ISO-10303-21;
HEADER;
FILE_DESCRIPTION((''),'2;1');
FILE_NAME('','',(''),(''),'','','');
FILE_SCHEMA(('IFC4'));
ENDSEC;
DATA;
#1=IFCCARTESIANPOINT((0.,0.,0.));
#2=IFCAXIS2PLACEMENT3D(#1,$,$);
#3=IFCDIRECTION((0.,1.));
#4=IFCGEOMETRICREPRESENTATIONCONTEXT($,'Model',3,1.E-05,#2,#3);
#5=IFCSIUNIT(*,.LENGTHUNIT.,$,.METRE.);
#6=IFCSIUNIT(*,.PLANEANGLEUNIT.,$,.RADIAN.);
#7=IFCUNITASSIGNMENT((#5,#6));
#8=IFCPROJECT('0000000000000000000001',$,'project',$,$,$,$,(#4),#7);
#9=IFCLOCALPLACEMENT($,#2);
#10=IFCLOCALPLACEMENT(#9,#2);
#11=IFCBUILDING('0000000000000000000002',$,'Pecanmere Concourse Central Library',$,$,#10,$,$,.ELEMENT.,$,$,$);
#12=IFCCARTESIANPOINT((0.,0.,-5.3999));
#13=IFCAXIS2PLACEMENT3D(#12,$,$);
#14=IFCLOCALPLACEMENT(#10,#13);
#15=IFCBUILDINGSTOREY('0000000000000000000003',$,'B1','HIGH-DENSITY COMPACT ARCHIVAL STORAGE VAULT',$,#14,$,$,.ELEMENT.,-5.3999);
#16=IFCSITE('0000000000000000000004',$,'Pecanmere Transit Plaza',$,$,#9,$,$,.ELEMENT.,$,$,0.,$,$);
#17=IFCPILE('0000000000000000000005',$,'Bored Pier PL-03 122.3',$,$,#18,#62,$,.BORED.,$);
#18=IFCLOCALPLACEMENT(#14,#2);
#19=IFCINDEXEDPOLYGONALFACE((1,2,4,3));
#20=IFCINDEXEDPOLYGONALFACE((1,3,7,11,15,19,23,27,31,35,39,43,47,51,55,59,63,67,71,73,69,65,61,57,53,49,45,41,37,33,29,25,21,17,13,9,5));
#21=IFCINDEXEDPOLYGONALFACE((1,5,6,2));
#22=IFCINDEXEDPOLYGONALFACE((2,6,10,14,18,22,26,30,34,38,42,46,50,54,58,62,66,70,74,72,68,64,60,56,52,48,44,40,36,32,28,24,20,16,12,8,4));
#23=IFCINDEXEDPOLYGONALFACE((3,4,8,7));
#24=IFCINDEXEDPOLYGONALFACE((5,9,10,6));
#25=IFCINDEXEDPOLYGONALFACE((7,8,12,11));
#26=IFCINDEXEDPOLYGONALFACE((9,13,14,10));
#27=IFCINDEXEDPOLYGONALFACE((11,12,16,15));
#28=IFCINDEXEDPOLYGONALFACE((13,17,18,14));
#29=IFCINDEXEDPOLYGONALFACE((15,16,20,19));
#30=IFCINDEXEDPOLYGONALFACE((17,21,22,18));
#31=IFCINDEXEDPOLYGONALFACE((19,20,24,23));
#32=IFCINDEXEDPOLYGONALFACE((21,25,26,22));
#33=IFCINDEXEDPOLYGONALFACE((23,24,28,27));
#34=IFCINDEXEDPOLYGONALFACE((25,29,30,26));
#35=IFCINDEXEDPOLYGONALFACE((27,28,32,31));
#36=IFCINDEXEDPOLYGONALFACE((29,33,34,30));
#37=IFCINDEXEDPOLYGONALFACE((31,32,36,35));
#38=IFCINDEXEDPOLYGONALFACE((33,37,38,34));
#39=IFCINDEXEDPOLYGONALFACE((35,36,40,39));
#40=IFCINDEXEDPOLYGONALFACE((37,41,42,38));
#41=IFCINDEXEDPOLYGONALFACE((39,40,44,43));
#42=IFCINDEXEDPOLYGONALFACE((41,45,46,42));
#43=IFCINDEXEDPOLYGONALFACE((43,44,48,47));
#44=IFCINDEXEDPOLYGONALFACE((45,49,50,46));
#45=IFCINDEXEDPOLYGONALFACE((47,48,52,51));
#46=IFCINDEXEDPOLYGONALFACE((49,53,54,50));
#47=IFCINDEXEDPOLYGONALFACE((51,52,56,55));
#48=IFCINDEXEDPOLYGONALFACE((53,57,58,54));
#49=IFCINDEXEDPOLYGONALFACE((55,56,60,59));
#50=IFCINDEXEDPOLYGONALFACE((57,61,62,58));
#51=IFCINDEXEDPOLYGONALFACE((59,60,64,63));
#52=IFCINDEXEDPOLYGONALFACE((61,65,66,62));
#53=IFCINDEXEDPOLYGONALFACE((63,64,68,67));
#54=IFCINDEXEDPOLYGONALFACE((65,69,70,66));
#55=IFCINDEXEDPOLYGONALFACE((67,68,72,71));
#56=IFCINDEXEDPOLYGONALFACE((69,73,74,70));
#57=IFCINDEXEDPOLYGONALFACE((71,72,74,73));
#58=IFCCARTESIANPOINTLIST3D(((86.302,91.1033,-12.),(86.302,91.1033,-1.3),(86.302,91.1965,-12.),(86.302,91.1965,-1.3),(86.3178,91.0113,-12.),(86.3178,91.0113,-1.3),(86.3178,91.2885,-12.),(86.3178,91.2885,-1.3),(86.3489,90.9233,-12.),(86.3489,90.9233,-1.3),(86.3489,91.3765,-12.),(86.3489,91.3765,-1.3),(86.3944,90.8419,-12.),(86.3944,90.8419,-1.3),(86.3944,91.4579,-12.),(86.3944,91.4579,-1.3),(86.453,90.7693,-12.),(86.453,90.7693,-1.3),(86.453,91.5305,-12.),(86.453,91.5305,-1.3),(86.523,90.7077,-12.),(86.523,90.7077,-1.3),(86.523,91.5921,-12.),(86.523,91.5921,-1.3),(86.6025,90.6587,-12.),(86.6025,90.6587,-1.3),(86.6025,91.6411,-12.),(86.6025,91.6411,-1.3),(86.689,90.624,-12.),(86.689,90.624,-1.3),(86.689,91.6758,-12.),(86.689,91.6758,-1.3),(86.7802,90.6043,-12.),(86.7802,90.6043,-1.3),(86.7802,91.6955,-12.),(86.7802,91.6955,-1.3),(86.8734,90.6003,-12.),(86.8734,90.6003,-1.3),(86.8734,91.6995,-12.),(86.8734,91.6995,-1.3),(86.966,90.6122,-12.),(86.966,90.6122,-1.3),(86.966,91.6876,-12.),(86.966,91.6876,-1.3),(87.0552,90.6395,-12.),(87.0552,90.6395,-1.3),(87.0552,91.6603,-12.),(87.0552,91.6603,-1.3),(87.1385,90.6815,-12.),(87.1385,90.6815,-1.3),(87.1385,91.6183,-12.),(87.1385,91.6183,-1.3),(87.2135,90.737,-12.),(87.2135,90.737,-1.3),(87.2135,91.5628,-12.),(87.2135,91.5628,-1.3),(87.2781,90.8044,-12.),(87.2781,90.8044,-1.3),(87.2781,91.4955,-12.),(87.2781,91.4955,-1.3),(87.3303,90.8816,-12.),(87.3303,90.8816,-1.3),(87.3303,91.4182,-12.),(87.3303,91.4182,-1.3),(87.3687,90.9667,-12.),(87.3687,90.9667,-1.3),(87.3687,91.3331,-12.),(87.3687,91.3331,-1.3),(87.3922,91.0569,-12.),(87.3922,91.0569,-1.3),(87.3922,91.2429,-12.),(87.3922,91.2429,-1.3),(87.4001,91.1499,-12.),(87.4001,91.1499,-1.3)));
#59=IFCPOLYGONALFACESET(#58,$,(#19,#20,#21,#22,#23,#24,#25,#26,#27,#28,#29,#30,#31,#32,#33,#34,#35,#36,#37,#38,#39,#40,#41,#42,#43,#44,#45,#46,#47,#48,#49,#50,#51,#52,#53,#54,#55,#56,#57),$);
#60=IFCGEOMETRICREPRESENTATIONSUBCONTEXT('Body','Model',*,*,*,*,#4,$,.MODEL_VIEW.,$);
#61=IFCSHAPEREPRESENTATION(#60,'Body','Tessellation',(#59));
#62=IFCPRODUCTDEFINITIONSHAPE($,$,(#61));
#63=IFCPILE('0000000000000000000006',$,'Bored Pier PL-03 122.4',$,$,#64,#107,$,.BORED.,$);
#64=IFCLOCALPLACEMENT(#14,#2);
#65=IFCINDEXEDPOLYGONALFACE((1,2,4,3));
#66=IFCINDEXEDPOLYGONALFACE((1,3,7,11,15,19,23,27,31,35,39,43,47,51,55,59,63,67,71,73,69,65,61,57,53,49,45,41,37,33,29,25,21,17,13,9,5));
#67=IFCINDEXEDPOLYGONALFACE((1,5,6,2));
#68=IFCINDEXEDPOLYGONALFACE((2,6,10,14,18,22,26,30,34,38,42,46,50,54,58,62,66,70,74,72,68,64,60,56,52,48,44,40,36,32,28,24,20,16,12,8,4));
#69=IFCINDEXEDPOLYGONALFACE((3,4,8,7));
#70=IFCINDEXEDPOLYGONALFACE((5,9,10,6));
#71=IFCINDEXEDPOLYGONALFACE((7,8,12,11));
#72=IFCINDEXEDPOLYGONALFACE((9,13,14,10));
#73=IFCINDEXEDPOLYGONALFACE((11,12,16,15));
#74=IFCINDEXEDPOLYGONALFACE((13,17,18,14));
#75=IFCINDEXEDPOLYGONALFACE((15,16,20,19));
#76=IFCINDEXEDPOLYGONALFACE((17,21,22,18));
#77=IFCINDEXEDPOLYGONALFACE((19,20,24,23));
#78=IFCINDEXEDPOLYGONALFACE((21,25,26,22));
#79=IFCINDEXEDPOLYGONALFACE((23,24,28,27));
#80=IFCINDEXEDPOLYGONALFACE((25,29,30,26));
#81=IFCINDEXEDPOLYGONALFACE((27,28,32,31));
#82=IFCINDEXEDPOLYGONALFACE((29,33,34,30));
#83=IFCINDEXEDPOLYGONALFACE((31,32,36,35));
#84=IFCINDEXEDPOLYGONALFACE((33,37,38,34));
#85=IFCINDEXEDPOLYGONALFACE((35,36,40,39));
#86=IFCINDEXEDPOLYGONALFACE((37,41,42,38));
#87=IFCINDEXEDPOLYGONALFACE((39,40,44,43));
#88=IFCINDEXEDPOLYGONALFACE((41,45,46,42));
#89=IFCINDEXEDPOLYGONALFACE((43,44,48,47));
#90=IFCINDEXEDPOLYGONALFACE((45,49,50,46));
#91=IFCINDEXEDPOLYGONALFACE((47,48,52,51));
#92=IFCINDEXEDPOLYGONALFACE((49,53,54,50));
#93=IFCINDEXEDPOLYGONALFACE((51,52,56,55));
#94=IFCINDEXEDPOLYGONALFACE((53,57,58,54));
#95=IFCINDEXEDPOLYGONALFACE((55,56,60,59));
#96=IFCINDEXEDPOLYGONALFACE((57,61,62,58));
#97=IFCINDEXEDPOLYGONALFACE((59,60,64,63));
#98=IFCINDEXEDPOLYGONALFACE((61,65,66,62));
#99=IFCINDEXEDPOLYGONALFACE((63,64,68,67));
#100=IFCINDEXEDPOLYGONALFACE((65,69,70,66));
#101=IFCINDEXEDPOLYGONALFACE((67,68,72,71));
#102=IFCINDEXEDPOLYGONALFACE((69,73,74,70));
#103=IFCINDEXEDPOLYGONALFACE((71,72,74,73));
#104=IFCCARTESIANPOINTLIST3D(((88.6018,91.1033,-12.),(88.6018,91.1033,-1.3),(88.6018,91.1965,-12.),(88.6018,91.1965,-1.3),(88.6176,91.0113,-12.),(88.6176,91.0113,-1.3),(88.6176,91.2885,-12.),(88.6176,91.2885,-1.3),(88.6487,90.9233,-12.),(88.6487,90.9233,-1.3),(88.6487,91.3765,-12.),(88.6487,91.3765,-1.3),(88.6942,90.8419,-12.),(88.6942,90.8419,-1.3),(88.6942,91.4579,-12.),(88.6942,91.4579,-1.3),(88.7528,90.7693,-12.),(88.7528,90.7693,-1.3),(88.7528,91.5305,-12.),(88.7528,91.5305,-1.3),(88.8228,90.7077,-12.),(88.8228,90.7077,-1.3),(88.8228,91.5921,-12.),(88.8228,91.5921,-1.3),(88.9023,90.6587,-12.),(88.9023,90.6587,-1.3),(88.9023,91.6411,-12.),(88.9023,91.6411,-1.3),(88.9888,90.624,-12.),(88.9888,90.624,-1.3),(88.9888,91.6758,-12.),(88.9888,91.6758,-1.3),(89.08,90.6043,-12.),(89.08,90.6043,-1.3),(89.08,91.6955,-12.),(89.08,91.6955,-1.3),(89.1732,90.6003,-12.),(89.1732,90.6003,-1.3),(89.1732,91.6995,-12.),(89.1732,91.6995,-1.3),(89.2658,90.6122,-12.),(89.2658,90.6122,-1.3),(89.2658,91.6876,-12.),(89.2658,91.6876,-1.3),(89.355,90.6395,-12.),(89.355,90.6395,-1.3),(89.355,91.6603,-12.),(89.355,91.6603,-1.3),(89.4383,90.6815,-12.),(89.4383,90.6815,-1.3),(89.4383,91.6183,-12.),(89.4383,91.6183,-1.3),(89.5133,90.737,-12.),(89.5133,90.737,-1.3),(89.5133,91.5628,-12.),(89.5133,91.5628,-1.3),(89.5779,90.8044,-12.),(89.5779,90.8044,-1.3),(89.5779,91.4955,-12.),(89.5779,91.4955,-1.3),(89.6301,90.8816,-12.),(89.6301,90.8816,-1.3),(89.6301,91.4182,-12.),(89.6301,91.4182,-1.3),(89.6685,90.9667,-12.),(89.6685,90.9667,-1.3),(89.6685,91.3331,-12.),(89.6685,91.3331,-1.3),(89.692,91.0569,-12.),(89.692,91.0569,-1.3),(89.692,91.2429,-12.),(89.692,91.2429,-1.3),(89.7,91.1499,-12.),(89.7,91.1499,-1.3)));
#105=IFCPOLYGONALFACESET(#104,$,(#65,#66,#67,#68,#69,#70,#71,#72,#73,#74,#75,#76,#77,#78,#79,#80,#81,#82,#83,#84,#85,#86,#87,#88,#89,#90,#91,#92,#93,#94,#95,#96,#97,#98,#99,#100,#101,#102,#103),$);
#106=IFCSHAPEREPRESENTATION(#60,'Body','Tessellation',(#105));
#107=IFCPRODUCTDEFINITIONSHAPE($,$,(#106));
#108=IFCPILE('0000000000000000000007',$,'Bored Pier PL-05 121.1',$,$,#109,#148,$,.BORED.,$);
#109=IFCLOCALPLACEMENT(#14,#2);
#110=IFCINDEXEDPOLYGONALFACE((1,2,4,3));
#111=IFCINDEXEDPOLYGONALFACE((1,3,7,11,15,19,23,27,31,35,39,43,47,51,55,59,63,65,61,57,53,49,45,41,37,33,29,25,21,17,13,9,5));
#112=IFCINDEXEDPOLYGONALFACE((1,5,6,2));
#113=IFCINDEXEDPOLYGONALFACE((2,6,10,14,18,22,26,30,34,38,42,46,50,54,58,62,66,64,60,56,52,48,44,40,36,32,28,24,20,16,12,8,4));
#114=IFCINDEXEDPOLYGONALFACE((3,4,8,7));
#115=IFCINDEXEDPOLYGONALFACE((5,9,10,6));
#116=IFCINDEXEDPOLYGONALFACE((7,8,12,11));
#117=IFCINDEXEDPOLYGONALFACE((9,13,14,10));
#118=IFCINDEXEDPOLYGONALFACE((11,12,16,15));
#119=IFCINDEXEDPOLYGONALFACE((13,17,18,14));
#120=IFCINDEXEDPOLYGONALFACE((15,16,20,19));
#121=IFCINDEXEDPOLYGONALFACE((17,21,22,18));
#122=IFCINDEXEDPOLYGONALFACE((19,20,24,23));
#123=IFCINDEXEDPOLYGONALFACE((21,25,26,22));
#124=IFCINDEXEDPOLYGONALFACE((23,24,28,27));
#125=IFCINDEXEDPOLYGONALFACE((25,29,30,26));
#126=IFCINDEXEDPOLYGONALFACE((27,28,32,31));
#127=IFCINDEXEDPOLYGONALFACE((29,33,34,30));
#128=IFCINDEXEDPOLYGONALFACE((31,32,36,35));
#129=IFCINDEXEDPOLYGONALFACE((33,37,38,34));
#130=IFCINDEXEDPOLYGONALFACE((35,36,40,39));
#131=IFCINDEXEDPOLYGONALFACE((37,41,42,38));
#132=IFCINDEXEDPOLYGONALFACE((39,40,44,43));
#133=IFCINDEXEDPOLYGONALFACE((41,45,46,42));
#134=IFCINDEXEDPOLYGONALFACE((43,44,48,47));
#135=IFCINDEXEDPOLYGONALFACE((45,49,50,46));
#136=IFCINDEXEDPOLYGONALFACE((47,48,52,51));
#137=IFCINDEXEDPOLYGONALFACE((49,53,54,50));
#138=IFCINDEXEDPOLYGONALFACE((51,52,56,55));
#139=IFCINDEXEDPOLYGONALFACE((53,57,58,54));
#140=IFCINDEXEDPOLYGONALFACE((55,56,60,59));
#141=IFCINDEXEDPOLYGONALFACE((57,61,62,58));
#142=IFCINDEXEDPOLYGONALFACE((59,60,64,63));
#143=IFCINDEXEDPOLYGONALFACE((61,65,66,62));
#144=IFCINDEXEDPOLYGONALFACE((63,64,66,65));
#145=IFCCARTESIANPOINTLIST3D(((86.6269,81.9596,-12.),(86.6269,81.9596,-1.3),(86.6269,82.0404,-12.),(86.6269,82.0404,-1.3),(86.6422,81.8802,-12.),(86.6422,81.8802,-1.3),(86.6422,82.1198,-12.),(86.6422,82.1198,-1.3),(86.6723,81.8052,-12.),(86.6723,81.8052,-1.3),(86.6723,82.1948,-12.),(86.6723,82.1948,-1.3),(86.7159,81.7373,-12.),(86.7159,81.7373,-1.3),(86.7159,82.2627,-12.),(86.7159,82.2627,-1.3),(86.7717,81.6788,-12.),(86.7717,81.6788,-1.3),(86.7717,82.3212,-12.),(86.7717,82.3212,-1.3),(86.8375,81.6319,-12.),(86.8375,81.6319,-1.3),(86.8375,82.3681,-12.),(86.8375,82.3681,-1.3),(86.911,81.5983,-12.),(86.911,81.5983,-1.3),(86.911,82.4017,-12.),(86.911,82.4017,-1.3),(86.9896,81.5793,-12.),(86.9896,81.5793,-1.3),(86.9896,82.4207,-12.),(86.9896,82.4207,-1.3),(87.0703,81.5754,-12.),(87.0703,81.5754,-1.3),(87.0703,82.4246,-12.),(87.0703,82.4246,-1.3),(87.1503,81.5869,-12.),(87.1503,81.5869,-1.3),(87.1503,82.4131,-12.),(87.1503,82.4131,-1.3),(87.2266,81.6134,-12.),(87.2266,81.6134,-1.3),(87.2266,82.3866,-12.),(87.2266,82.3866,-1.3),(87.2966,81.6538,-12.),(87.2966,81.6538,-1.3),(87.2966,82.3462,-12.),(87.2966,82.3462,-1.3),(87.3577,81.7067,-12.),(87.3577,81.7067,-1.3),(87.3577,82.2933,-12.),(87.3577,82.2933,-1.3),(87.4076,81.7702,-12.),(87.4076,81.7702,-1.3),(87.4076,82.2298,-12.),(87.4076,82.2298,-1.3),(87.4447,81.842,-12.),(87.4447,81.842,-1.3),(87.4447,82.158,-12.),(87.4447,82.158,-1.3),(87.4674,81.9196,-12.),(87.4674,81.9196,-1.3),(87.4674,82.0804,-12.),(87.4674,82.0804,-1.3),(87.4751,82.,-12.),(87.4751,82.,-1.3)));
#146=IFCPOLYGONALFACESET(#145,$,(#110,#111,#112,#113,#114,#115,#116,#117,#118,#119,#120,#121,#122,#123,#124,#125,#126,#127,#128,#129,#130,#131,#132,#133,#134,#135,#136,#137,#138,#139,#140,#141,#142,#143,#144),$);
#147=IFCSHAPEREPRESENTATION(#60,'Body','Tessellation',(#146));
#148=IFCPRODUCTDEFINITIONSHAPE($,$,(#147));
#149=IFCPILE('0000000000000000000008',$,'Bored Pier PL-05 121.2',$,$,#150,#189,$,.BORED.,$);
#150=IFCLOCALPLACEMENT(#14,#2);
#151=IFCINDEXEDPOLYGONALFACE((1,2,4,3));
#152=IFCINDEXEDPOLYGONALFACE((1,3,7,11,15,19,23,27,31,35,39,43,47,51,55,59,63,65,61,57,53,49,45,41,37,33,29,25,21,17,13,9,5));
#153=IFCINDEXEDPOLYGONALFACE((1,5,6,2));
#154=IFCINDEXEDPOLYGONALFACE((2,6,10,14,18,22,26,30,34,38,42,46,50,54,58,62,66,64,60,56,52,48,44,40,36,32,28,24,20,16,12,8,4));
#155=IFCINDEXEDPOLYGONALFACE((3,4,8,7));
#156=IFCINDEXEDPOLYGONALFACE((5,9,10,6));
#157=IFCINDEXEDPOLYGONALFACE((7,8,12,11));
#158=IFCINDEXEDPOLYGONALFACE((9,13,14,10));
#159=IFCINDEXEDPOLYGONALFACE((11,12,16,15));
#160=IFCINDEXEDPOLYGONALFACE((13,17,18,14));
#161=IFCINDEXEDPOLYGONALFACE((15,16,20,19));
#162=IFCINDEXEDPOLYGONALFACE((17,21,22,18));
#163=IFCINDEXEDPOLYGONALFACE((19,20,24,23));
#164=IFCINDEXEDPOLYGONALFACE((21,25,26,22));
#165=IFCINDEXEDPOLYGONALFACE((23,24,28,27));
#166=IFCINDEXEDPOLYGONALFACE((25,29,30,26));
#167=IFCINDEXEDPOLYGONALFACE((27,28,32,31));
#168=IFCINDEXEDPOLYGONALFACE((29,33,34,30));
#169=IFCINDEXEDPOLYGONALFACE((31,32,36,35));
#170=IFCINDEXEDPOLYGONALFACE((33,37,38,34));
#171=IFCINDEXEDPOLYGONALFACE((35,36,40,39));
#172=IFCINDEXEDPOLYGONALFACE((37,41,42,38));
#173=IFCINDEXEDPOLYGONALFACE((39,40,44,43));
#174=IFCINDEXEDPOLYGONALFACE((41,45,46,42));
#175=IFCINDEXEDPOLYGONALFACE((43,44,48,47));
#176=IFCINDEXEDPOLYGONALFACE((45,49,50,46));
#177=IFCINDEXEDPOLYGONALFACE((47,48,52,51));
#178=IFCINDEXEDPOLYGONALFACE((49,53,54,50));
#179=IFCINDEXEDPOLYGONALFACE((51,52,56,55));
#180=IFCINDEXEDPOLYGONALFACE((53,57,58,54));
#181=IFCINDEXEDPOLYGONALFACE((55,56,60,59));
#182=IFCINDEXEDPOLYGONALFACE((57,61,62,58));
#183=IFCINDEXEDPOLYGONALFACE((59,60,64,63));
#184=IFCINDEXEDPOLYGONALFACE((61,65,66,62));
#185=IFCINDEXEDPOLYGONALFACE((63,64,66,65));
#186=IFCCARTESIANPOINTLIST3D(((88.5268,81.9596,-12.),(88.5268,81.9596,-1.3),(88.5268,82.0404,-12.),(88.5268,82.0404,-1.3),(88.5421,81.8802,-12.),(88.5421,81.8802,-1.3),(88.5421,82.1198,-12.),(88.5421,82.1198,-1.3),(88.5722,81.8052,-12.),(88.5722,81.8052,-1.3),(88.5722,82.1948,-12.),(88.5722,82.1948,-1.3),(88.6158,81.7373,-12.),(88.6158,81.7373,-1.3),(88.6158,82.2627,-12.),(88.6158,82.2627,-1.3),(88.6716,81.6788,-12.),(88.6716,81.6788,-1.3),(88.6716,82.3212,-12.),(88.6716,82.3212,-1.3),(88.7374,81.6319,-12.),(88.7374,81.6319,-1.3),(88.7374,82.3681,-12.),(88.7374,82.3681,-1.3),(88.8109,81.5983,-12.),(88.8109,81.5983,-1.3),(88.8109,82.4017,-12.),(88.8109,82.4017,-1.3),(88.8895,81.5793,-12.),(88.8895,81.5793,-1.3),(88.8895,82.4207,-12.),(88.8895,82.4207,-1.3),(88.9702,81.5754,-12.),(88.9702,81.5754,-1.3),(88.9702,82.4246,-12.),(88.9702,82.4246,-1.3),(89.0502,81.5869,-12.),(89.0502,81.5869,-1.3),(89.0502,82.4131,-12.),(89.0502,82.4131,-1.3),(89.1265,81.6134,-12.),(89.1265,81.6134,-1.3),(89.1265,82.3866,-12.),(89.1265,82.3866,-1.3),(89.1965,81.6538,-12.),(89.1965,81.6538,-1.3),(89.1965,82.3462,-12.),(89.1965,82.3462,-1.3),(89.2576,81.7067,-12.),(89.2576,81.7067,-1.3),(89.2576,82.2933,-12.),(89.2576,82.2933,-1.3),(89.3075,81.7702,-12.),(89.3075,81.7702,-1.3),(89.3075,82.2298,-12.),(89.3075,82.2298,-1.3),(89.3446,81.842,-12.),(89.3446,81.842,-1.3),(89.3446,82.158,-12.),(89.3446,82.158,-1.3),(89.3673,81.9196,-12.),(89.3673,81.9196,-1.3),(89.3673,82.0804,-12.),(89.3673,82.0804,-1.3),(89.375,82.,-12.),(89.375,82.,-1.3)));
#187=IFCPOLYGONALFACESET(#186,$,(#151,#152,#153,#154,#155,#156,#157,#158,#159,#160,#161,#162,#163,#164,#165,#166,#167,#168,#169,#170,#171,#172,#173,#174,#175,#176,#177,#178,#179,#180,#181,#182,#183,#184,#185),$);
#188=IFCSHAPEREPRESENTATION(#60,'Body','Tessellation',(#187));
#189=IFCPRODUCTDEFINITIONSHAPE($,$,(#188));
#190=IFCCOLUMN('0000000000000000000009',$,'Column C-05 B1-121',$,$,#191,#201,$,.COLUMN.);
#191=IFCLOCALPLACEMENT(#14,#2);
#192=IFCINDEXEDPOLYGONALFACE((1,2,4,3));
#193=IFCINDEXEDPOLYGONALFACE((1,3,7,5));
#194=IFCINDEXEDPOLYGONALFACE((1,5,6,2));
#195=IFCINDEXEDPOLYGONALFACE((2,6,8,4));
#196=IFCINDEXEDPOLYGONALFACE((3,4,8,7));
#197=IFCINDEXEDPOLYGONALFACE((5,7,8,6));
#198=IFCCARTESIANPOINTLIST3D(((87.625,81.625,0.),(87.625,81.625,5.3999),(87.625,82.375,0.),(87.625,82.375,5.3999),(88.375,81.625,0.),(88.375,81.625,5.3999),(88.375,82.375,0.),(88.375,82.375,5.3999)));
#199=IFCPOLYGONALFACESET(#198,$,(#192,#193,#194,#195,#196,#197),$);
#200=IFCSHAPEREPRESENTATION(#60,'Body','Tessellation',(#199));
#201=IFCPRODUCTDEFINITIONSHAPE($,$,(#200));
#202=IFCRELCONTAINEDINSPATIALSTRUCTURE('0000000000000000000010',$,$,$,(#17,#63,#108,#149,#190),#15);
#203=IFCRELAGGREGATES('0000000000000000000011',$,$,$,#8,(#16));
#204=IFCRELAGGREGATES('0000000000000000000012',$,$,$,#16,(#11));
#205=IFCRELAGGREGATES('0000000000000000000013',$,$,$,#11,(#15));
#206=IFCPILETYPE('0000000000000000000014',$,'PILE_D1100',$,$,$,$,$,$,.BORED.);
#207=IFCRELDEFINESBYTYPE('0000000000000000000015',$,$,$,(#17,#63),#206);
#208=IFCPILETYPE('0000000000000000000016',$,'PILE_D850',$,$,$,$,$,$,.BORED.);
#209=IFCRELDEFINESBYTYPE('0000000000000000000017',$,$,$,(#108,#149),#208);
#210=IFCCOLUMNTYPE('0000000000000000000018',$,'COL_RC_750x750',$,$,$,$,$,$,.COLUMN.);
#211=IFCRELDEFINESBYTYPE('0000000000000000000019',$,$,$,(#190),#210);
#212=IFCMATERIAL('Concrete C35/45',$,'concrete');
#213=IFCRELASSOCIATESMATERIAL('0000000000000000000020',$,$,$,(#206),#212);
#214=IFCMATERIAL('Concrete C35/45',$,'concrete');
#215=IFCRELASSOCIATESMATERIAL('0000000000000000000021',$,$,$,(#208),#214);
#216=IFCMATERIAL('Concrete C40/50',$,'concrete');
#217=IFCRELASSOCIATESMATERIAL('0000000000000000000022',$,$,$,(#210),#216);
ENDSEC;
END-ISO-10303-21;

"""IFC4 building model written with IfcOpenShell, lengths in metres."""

from ifc_helpers import new_model, si_unit, direction, frame, origin, origin_2d, place, context, subcontext, project, spatial, rectangle, circle, extrude, material, material_profile, profile_set, type_object, element, save


model = new_model("IFC4")

# Units and contexts
model_context = context("Model", 3, precision=1e-05, world=origin(), true_north=direction((0.0, 1.0)))
body_context = subcontext(model_context, "Body", "Model", "MODEL_VIEW")
ifc_project = project(units=[si_unit("LENGTHUNIT", "METRE"), si_unit("PLANEANGLEUNIT", "RADIAN")], contexts=[model_context])

# Site, building, storey
site_placement = place(None, origin())
site = spatial("IfcSite", under=ifc_project, at=site_placement, Name="Pecanmere Transit Plaza", CompositionType="ELEMENT", RefElevation=0.0)
building_placement = place(site_placement, origin())
building = spatial("IfcBuilding", under=site, at=building_placement, Name="Pecanmere Concourse Central Library", CompositionType="ELEMENT")
storey_placement = place(building_placement, frame((0.0, 0.0, -5.3999)))
storey = spatial("IfcBuildingStorey", under=building, at=storey_placement, Name="B1", Description="HIGH-DENSITY COMPACT ARCHIVAL STORAGE VAULT", CompositionType="ELEMENT", Elevation=-5.3999)

# Piles
ifc_material_1 = material(Name="Concrete C35/45", Category="concrete")
ifc_material_profile_1 = material_profile(ifc_material_1, circle(Radius=0.55, at=origin_2d()), Name="PIER D1100")
ifc_profile_set_1 = profile_set([ifc_material_profile_1], Name="Concrete C35/45")
pile_type_1 = type_object("IfcPileType", Name="PILE_D1100", PredefinedType="BORED", material=ifc_profile_set_1)
for number, where, z_axis, x_axis, name in (
    (1, (86.8501, 91.1499, -1.3), (0.0, 0.0, -1.0), (1.0, 0.0, 0.0), "Bored Pier PL-03 122.3"),
    (2, (89.1499, 91.1499, -1.3), (0.0, 0.0, -1.0), (1.0, 0.0, 0.0), "Bored Pier PL-03 122.4"),
):
    element("IfcPile", number, at=place(storey_placement, frame(where, z_axis=z_axis, x_axis=x_axis)), inside=storey, type_object=pile_type_1, Name=name, PredefinedType="BORED", context=body_context, shape_type="SweptSolid", body=[
        extrude(circle(Radius=0.55, at=origin_2d()), origin(), (0.0, 0.0, 1.0), 10.7),
    ])
ifc_material_2 = material(Name="Concrete C35/45", Category="concrete")
ifc_material_profile_2 = material_profile(ifc_material_2, circle(Radius=0.425, at=origin_2d()), Name="PIER D850")
ifc_profile_set_2 = profile_set([ifc_material_profile_2], Name="Concrete C35/45")
pile_type_2 = type_object("IfcPileType", Name="PILE_D850", PredefinedType="BORED", material=ifc_profile_set_2)
for number, where, z_axis, x_axis, name in (
    (3, (87.05, 82.0, -1.3), (0.0, 0.0, -1.0), (1.0, 0.0, 0.0), "Bored Pier PL-05 121.1"),
    (4, (88.95, 82.0, -1.3), (0.0, 0.0, -1.0), (1.0, 0.0, 0.0), "Bored Pier PL-05 121.2"),
):
    element("IfcPile", number, at=place(storey_placement, frame(where, z_axis=z_axis, x_axis=x_axis)), inside=storey, type_object=pile_type_2, Name=name, PredefinedType="BORED", context=body_context, shape_type="SweptSolid", body=[
        extrude(circle(Radius=0.425, at=origin_2d()), origin(), (0.0, 0.0, 1.0), 10.7),
    ])

# Column
ifc_material_3 = material(Name="Concrete C40/50", Category="concrete")
ifc_material_profile_3 = material_profile(ifc_material_3, rectangle(XDim=0.75, YDim=0.75, at=origin_2d()), Name="RC 750x750")
ifc_profile_set_3 = profile_set([ifc_material_profile_3], Name="Concrete C40/50")
column_type_1 = type_object("IfcColumnType", Name="COL_RC_750x750", PredefinedType="COLUMN", material=ifc_profile_set_3)
column_1_placement = place(storey_placement, frame((88.0, 82.0, 0.0), z_axis=(0.0, 0.0, 1.0), x_axis=(1.0, 0.0, 0.0)))
element("IfcColumn", 5, at=column_1_placement, inside=storey, type_object=column_type_1, Name="Column C-05 B1-121", PredefinedType="COLUMN", context=body_context, shape_type="SweptSolid", body=[
    extrude(rectangle(XDim=0.75, YDim=0.75, at=origin_2d()), origin(), (0.0, 0.0, 1.0), 5.3999),
])

save(model, "model.ifc")
